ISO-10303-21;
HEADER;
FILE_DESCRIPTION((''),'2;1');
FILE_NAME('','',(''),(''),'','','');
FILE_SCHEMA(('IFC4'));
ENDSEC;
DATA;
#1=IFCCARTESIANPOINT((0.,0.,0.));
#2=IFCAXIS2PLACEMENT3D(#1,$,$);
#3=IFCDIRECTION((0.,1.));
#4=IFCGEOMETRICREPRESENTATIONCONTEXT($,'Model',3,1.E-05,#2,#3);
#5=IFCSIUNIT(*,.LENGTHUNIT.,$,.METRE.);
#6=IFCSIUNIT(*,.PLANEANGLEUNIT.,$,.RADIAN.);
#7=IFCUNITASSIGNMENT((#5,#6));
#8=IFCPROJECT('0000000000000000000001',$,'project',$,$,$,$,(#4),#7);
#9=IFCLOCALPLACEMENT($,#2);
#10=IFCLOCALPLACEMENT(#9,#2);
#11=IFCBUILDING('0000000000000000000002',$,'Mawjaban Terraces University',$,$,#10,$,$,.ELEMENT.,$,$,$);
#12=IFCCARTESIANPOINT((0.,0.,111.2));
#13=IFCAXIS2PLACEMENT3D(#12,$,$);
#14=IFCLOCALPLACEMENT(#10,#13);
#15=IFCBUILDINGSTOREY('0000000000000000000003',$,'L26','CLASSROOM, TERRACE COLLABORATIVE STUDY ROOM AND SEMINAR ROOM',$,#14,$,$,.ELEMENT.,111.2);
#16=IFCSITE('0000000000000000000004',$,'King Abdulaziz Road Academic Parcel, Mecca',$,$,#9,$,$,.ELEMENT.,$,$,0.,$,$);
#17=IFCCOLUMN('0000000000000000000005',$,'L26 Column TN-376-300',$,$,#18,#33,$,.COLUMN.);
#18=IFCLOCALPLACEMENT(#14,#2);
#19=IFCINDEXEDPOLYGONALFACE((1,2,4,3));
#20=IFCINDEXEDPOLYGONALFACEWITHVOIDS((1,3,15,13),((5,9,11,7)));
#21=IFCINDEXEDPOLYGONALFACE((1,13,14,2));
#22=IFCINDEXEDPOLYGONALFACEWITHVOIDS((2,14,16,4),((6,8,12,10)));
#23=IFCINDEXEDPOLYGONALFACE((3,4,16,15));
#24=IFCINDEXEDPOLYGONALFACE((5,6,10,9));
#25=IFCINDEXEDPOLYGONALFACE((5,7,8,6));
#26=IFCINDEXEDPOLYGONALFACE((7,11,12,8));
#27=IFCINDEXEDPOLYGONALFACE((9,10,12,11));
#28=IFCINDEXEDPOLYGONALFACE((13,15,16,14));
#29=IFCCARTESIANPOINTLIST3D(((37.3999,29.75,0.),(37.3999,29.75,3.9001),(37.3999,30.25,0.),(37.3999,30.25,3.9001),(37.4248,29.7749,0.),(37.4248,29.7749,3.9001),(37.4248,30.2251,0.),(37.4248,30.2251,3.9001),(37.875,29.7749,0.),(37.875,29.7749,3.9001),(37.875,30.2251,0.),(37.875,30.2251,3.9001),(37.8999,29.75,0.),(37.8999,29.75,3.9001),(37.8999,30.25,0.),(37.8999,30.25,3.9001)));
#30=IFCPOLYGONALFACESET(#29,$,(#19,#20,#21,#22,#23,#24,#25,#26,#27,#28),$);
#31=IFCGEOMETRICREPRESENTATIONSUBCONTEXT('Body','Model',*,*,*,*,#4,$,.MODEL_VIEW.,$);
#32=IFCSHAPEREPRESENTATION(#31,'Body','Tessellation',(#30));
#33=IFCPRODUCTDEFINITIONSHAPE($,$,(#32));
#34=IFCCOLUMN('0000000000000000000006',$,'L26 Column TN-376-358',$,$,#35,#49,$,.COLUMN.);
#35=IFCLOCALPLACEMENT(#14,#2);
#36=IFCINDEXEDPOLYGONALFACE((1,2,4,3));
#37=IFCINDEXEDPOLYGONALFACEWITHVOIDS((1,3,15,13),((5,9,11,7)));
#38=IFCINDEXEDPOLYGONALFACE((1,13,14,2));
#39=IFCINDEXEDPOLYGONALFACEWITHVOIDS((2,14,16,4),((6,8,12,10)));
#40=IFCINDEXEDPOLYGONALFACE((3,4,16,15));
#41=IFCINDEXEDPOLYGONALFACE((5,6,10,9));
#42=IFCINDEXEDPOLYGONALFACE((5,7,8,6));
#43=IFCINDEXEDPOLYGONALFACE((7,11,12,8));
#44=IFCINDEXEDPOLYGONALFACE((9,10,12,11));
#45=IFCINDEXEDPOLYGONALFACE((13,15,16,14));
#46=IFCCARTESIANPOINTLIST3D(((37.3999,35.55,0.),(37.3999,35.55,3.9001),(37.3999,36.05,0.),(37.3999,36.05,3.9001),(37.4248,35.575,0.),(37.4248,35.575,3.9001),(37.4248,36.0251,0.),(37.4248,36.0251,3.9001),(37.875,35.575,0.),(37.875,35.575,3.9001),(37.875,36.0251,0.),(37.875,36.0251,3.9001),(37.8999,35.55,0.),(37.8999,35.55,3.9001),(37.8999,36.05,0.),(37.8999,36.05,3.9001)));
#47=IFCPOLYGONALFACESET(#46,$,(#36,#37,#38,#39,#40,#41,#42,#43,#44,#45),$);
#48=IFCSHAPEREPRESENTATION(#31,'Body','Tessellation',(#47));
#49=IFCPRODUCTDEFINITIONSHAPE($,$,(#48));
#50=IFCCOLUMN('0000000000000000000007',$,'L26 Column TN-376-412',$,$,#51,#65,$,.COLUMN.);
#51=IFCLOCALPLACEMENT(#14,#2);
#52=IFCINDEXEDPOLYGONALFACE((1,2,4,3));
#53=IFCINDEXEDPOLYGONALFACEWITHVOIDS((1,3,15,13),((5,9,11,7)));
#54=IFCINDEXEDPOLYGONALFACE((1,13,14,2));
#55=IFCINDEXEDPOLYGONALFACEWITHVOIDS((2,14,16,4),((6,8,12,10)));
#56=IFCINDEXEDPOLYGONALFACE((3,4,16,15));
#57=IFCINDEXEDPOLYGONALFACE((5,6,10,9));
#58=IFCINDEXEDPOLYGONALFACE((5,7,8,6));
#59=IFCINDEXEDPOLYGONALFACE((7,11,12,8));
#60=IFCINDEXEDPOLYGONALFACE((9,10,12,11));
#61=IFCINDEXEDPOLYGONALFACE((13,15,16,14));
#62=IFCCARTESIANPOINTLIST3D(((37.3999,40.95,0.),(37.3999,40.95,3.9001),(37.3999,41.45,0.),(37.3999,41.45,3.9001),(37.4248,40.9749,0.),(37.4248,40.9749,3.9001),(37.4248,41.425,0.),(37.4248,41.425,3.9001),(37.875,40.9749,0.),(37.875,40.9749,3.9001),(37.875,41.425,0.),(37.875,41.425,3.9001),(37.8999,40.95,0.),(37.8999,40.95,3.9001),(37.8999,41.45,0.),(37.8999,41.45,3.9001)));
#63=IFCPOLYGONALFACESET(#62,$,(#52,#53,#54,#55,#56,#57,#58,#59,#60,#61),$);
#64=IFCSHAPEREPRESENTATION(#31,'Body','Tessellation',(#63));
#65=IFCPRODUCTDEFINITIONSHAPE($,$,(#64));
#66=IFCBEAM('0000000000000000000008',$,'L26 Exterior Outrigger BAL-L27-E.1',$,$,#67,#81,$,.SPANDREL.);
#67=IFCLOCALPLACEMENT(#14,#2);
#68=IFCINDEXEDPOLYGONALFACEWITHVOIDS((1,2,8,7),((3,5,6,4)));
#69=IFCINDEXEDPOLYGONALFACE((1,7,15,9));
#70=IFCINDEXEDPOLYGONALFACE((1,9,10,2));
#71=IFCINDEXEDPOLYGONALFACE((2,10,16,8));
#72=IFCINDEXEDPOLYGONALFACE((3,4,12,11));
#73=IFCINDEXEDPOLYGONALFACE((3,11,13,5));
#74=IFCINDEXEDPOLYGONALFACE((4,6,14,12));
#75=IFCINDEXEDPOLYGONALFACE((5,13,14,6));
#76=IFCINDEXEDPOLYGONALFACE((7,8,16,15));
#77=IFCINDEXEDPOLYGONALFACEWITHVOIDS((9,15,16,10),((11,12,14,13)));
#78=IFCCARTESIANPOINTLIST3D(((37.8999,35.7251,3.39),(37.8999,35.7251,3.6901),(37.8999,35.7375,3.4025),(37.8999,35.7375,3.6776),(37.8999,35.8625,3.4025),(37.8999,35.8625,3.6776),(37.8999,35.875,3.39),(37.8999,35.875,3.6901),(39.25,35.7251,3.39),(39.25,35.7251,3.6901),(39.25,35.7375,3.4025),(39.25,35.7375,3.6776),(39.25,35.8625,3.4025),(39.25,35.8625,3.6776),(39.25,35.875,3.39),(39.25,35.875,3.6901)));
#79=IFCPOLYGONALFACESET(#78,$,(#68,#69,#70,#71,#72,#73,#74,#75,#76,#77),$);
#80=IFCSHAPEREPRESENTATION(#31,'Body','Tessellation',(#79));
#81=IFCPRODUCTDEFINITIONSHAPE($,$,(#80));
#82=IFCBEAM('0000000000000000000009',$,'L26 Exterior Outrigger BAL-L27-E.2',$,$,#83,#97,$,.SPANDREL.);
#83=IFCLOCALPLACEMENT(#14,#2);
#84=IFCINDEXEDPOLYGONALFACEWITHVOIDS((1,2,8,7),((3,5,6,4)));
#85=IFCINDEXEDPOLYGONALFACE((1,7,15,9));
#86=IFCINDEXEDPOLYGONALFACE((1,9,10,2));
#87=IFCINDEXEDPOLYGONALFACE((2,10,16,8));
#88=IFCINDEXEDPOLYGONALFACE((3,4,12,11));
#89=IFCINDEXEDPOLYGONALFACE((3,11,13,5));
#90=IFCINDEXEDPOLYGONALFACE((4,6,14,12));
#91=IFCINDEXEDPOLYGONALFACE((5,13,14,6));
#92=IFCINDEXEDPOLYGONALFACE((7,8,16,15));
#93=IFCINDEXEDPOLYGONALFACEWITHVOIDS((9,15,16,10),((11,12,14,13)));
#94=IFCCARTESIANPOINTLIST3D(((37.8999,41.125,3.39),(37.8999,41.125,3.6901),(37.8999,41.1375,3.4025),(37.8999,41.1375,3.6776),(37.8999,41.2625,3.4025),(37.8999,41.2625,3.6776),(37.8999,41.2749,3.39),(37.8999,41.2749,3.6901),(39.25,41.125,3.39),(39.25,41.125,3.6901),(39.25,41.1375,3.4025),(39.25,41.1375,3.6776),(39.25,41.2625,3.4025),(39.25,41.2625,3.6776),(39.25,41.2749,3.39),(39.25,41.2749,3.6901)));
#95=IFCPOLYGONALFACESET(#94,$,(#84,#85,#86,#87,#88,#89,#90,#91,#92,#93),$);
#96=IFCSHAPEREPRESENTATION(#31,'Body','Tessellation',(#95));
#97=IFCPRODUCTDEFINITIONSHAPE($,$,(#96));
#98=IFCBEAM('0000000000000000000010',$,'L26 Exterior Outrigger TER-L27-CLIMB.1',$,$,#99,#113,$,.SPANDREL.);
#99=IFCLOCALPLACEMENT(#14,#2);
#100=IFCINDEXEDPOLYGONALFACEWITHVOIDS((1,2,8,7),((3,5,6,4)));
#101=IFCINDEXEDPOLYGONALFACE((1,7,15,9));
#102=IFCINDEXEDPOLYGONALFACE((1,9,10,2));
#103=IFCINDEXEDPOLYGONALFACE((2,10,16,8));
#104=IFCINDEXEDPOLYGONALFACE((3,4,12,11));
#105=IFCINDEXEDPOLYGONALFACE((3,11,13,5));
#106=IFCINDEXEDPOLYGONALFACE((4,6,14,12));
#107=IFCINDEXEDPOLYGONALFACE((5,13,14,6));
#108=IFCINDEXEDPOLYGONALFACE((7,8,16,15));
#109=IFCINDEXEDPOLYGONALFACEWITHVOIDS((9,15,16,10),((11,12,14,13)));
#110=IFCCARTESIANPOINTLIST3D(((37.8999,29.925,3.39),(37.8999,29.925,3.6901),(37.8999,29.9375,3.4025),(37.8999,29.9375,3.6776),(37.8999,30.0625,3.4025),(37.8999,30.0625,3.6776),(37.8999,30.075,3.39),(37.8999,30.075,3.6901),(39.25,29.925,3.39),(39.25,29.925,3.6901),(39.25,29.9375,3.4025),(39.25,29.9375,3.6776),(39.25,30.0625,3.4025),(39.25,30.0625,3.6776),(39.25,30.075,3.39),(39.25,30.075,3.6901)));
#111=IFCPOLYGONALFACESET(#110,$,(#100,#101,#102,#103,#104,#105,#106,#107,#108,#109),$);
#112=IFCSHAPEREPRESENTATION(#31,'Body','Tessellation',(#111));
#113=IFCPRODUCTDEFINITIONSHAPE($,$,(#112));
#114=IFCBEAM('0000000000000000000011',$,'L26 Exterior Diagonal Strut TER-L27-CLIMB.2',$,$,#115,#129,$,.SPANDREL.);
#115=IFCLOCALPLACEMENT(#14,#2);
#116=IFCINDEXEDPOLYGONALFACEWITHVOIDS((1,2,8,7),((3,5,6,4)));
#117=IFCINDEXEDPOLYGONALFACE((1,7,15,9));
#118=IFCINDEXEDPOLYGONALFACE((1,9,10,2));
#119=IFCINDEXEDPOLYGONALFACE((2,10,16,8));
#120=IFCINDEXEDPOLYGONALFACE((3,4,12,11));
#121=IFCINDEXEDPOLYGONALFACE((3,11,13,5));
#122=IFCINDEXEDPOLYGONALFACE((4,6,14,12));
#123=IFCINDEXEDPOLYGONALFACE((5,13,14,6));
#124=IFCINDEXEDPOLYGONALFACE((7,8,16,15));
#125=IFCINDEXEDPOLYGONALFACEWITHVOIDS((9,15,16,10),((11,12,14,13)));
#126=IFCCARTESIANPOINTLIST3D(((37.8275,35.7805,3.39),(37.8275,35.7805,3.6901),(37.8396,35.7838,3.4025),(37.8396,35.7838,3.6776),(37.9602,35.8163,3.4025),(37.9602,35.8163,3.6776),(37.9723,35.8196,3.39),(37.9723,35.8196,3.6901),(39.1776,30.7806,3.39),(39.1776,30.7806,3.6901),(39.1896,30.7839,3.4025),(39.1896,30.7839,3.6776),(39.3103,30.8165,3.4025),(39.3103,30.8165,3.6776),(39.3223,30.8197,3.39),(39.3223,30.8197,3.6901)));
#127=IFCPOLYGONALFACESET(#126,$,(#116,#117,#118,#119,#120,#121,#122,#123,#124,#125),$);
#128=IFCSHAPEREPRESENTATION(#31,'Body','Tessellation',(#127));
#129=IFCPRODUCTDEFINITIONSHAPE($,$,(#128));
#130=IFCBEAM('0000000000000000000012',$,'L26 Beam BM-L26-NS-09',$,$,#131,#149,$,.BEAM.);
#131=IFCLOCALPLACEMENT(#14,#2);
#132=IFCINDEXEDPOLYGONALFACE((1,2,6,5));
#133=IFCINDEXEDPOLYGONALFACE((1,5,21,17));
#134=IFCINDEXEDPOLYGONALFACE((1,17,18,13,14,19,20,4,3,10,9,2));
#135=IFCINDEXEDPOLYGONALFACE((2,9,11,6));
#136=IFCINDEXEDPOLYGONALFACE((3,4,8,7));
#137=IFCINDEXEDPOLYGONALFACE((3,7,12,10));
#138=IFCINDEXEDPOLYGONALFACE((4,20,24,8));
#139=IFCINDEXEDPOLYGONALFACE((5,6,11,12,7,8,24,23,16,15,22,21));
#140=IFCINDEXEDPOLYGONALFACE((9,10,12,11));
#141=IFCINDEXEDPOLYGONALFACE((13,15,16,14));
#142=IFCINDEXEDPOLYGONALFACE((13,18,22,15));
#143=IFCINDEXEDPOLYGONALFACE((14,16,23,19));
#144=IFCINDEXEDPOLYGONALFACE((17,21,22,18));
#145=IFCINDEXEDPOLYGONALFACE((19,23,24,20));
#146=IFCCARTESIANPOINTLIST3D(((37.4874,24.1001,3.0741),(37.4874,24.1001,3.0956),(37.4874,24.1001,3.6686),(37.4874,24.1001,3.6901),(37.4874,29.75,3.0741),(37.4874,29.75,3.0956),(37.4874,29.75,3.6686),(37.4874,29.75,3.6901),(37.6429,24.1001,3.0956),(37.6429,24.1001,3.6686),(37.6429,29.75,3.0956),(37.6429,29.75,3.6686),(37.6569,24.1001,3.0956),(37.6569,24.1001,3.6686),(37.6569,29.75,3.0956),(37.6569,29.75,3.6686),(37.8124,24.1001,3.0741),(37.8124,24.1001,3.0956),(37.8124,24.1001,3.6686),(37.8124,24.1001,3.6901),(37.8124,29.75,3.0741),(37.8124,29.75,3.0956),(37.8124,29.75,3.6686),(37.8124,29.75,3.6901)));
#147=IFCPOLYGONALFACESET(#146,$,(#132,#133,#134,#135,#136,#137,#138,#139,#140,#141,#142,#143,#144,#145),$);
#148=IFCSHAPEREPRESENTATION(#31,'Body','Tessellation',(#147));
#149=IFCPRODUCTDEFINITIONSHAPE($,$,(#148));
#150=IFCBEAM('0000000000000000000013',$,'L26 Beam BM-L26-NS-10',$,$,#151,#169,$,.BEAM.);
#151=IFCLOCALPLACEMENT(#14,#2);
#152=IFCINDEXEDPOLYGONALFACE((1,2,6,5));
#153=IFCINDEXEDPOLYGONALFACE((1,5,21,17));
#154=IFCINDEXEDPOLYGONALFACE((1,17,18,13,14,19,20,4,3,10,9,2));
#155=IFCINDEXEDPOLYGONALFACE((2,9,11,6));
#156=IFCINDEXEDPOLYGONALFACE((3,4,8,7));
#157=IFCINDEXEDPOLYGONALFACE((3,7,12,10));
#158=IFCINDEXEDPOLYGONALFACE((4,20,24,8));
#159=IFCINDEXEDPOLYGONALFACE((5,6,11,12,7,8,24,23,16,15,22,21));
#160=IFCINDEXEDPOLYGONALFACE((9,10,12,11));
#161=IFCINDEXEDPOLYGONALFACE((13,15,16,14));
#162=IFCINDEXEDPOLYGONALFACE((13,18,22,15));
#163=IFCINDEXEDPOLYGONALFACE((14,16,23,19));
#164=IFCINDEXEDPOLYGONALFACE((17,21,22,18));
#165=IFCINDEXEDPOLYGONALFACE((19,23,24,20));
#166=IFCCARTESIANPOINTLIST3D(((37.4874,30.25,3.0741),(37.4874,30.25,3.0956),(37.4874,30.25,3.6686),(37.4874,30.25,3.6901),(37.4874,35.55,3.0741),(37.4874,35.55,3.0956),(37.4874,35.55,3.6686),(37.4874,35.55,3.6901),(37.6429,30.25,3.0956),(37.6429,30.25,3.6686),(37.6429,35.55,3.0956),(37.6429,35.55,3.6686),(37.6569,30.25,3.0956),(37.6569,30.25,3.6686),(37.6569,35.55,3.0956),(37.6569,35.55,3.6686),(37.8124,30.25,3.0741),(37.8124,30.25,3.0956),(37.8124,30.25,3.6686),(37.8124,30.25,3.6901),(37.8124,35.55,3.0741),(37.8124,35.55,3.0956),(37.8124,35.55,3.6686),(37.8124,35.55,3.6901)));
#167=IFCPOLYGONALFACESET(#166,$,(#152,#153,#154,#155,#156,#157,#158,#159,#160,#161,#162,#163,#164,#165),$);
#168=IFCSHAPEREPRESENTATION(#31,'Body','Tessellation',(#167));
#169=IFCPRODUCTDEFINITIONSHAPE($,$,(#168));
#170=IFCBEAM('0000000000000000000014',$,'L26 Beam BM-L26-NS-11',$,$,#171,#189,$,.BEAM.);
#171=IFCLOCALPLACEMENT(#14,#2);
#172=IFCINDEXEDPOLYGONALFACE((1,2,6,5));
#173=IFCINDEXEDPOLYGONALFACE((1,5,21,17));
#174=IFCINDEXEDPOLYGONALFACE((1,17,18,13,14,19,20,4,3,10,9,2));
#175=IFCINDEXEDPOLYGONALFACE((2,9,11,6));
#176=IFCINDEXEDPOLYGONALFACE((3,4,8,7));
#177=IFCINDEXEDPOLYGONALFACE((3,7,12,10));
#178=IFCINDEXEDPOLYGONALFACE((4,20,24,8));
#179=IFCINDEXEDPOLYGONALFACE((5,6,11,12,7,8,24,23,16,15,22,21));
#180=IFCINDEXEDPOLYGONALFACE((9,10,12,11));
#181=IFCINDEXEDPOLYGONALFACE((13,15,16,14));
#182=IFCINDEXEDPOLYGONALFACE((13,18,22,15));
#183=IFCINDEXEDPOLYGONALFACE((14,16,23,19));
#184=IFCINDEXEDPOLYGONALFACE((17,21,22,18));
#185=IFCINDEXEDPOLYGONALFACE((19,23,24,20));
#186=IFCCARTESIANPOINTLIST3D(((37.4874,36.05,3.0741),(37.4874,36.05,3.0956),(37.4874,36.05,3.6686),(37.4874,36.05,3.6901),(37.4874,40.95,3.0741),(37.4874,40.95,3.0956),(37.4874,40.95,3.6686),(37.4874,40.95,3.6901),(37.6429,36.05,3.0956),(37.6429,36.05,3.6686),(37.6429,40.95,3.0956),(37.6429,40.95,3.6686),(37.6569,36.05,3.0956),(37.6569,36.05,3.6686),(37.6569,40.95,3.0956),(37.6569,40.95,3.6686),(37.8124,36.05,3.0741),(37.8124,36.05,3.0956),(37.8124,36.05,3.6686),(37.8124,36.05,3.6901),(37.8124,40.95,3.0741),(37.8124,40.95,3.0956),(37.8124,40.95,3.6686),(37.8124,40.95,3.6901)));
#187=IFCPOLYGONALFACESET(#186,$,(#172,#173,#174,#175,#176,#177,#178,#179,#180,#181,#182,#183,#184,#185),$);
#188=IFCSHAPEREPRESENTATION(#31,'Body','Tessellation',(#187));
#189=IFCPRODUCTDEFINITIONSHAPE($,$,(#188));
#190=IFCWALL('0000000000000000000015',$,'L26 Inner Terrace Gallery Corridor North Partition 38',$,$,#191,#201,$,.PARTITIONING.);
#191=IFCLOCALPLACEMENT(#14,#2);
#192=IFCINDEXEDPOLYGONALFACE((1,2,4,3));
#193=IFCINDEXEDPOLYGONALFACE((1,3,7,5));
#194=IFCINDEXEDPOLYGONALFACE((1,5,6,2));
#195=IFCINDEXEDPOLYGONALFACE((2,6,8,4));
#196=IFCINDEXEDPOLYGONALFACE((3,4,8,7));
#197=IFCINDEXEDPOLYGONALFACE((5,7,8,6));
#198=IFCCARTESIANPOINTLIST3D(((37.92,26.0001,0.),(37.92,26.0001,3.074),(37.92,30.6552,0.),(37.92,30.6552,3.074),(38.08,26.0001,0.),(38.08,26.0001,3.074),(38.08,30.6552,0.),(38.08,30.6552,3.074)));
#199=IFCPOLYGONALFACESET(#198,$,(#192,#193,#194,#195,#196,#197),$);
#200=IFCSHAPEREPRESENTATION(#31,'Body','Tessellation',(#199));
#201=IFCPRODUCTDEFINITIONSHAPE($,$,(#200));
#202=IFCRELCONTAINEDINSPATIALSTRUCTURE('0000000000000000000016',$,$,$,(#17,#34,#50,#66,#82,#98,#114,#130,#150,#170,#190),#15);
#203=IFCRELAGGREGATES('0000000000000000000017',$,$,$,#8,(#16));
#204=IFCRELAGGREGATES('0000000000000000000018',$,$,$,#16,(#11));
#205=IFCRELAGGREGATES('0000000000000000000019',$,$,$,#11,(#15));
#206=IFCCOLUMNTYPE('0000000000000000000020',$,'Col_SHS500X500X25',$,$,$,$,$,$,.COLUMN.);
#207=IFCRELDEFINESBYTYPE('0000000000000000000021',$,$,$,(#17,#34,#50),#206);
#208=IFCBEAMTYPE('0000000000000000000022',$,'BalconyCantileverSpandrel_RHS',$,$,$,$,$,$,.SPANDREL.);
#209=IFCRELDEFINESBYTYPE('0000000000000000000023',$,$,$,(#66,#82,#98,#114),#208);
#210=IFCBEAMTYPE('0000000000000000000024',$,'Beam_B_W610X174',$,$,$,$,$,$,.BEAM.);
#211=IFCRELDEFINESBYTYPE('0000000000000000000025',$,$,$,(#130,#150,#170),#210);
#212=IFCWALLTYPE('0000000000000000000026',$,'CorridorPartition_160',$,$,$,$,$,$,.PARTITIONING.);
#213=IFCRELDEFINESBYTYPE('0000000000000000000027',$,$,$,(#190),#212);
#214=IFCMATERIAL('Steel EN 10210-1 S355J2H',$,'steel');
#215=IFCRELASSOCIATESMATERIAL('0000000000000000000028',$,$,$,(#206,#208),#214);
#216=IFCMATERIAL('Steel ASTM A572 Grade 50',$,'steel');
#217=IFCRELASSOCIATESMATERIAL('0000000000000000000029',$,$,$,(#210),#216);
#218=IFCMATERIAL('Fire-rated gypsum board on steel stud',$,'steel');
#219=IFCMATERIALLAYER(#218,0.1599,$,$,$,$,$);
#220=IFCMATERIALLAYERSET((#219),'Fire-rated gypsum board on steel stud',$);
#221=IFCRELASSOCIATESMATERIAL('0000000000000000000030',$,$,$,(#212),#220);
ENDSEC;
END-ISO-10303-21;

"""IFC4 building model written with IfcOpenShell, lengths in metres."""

from ifc_helpers import new_model, si_unit, direction, frame, frame_2d, origin, origin_2d, place, context, subcontext, project, spatial, rectangle, hollow_rectangle, i_section, extrude, material, layer, layer_set, material_profile, profile_set, type_object, element, save


model = new_model("IFC4")

# Units and contexts
model_context = context("Model", 3, precision=1e-05, world=origin(), true_north=direction((0.0, 1.0)))
body_context = subcontext(model_context, "Body", "Model", "MODEL_VIEW")
ifc_project = project(units=[si_unit("LENGTHUNIT", "METRE"), si_unit("PLANEANGLEUNIT", "RADIAN")], contexts=[model_context])

# Site, building, storey
site_placement = place(None, origin())
site = spatial("IfcSite", under=ifc_project, at=site_placement, Name="King Abdulaziz Road Academic Parcel, Mecca", CompositionType="ELEMENT", RefElevation=0.0)
building_placement = place(site_placement, origin())
building = spatial("IfcBuilding", under=site, at=building_placement, Name="Mawjaban Terraces University", CompositionType="ELEMENT")
storey_placement = place(building_placement, frame((0.0, 0.0, 111.2)))
storey = spatial("IfcBuildingStorey", under=building, at=storey_placement, Name="L26", Description="CLASSROOM, TERRACE COLLABORATIVE STUDY ROOM AND SEMINAR ROOM", CompositionType="ELEMENT", Elevation=111.2)

# Columns
ifc_material_1 = material(Name="Steel EN 10210-1 S355J2H", Category="steel")
ifc_material_profile_1 = material_profile(ifc_material_1, hollow_rectangle(XDim=0.5, YDim=0.5, WallThickness=0.0249, at=origin_2d()), Name="SHS500X500X25")
ifc_profile_set_1 = profile_set([ifc_material_profile_1], Name="Steel EN 10210-1 S355J2H")
column_type = type_object("IfcColumnType", Name="Col_SHS500X500X25", PredefinedType="COLUMN", material=ifc_profile_set_1)
for number, where, z_axis, x_axis, name in (
    (1, (37.6499, 30.0, 0.0), (0.0, 0.0, 1.0), (1.0, 0.0, 0.0), "L26 Column TN-376-300"),
    (2, (37.6499, 35.8, 0.0), (0.0, 0.0, 1.0), (1.0, 0.0, 0.0), "L26 Column TN-376-358"),
    (3, (37.6499, 41.2, 0.0), (0.0, 0.0, 1.0), (1.0, 0.0, 0.0), "L26 Column TN-376-412"),
):
    element("IfcColumn", number, at=place(storey_placement, frame(where, z_axis=z_axis, x_axis=x_axis)), inside=storey, type_object=column_type, Name=name, PredefinedType="COLUMN", context=body_context, shape_type="SweptSolid", body=[
        extrude(hollow_rectangle(XDim=0.5, YDim=0.5, WallThickness=0.0249, at=origin_2d()), origin(), (0.0, 0.0, 1.0), 3.9001),
    ])

# Beams
ifc_material_profile_2 = material_profile(ifc_material_1, hollow_rectangle(XDim=0.1499, YDim=0.3, WallThickness=0.0125, at=origin_2d()), Name="RHS300X150X12.5")
ifc_profile_set_2 = profile_set([ifc_material_profile_2], Name="Steel EN 10210-1 S355J2H")
beam_type_1 = type_object("IfcBeamType", Name="BalconyCantileverSpandrel_RHS", PredefinedType="SPANDREL", material=ifc_profile_set_2)
for number, where, z_axis, x_axis, name in (
    (4, (37.8999, 35.8, 3.54), (1.0, 0.0, 0.0), (0.0, 1.0, 0.0), "L26 Exterior Outrigger BAL-L27-E.1"),
    (5, (37.8999, 41.2, 3.54), (1.0, 0.0, 0.0), (0.0, 1.0, 0.0), "L26 Exterior Outrigger BAL-L27-E.2"),
    (6, (37.8999, 30.0, 3.54), (1.0, 0.0, 0.0), (0.0, 1.0, 0.0), "L26 Exterior Outrigger TER-L27-CLIMB.1"),
):
    element("IfcBeam", number, at=place(storey_placement, frame(where, z_axis=z_axis, x_axis=x_axis)), inside=storey, type_object=beam_type_1, Name=name, PredefinedType="SPANDREL", context=body_context, shape_type="SweptSolid", body=[
        extrude(hollow_rectangle(XDim=0.1499, YDim=0.3, WallThickness=0.0125, at=origin_2d()), origin(), (0.0, 0.0, 1.0), 1.3501),
    ])
beam_1_placement = place(storey_placement, frame((37.8999, 35.8, 3.54), z_axis=(0.260683, -0.965424, 0.0), x_axis=(0.965424, 0.260683, 0.0)))
element("IfcBeam", 7, at=beam_1_placement, inside=storey, type_object=beam_type_1, Name="L26 Exterior Diagonal Strut TER-L27-CLIMB.2", PredefinedType="SPANDREL", context=body_context, shape_type="SweptSolid", body=[
    extrude(hollow_rectangle(XDim=0.1499, YDim=0.3, WallThickness=0.0125, at=origin_2d()), origin(), (0.0, 0.0, 1.0), 5.179),
])
ifc_material_2 = material(Name="Steel ASTM A572 Grade 50", Category="steel")
ifc_material_profile_3 = material_profile(ifc_material_2, i_section(OverallWidth=0.325, OverallDepth=0.616, WebThickness=0.0139, FlangeThickness=0.0215, at=origin_2d()), Name="W610X174")
ifc_profile_set_3 = profile_set([ifc_material_profile_3], Name="Steel ASTM A572 Grade 50")
beam_type_2 = type_object("IfcBeamType", Name="Beam_B_W610X174", PredefinedType="BEAM", material=ifc_profile_set_3)
beam_2_placement = place(storey_placement, frame((37.6499, 24.1001, 3.3821), z_axis=(0.0, 1.0, 0.0), x_axis=(-1.0, 0.0, 0.0)))
element("IfcBeam", 8, at=beam_2_placement, inside=storey, type_object=beam_type_2, Name="L26 Beam BM-L26-NS-09", PredefinedType="BEAM", context=body_context, shape_type="SweptSolid", body=[
    extrude(i_section(OverallWidth=0.325, OverallDepth=0.616, WebThickness=0.0139, FlangeThickness=0.0215, at=origin_2d()), origin(), (0.0, 0.0, 1.0), 5.6499),
])
beam_3_placement = place(storey_placement, frame((37.6499, 30.25, 3.3821), z_axis=(0.0, 1.0, 0.0), x_axis=(-1.0, 0.0, 0.0)))
element("IfcBeam", 9, at=beam_3_placement, inside=storey, type_object=beam_type_2, Name="L26 Beam BM-L26-NS-10", PredefinedType="BEAM", context=body_context, shape_type="SweptSolid", body=[
    extrude(i_section(OverallWidth=0.325, OverallDepth=0.616, WebThickness=0.0139, FlangeThickness=0.0215, at=origin_2d()), origin(), (0.0, 0.0, 1.0), 5.3),
])
beam_4_placement = place(storey_placement, frame((37.6499, 36.05, 3.3821), z_axis=(0.0, 1.0, 0.0), x_axis=(-1.0, 0.0, 0.0)))
element("IfcBeam", 10, at=beam_4_placement, inside=storey, type_object=beam_type_2, Name="L26 Beam BM-L26-NS-11", PredefinedType="BEAM", context=body_context, shape_type="SweptSolid", body=[
    extrude(i_section(OverallWidth=0.325, OverallDepth=0.616, WebThickness=0.0139, FlangeThickness=0.0215, at=origin_2d()), origin(), (0.0, 0.0, 1.0), 4.8999),
])

# Wall
ifc_material_3 = material(Name="Fire-rated gypsum board on steel stud", Category="steel")
ifc_layer_1 = layer(ifc_material_3, 0.1599)
ifc_layer_set_1 = layer_set([ifc_layer_1], Name="Fire-rated gypsum board on steel stud")
wall_type_1 = type_object("IfcWallType", Name="CorridorPartition_160", PredefinedType="PARTITIONING", material=ifc_layer_set_1)
wall_1_placement = place(storey_placement, frame((38.0, 26.0, 0.0), z_axis=(0.0, 0.0, 1.0), x_axis=(0.0, 1.0, 0.0)))
element("IfcWall", 11, at=wall_1_placement, inside=storey, type_object=wall_type_1, Name="L26 Inner Terrace Gallery Corridor North Partition 38", PredefinedType="PARTITIONING", context=body_context, shape_type="SweptSolid", body=[
    extrude(rectangle(XDim=4.655, YDim=0.1599, at=frame_2d((2.3276, 0.0))), origin(), (0.0, 0.0, 1.0), 3.074),
])

save(model, "model.ifc")
